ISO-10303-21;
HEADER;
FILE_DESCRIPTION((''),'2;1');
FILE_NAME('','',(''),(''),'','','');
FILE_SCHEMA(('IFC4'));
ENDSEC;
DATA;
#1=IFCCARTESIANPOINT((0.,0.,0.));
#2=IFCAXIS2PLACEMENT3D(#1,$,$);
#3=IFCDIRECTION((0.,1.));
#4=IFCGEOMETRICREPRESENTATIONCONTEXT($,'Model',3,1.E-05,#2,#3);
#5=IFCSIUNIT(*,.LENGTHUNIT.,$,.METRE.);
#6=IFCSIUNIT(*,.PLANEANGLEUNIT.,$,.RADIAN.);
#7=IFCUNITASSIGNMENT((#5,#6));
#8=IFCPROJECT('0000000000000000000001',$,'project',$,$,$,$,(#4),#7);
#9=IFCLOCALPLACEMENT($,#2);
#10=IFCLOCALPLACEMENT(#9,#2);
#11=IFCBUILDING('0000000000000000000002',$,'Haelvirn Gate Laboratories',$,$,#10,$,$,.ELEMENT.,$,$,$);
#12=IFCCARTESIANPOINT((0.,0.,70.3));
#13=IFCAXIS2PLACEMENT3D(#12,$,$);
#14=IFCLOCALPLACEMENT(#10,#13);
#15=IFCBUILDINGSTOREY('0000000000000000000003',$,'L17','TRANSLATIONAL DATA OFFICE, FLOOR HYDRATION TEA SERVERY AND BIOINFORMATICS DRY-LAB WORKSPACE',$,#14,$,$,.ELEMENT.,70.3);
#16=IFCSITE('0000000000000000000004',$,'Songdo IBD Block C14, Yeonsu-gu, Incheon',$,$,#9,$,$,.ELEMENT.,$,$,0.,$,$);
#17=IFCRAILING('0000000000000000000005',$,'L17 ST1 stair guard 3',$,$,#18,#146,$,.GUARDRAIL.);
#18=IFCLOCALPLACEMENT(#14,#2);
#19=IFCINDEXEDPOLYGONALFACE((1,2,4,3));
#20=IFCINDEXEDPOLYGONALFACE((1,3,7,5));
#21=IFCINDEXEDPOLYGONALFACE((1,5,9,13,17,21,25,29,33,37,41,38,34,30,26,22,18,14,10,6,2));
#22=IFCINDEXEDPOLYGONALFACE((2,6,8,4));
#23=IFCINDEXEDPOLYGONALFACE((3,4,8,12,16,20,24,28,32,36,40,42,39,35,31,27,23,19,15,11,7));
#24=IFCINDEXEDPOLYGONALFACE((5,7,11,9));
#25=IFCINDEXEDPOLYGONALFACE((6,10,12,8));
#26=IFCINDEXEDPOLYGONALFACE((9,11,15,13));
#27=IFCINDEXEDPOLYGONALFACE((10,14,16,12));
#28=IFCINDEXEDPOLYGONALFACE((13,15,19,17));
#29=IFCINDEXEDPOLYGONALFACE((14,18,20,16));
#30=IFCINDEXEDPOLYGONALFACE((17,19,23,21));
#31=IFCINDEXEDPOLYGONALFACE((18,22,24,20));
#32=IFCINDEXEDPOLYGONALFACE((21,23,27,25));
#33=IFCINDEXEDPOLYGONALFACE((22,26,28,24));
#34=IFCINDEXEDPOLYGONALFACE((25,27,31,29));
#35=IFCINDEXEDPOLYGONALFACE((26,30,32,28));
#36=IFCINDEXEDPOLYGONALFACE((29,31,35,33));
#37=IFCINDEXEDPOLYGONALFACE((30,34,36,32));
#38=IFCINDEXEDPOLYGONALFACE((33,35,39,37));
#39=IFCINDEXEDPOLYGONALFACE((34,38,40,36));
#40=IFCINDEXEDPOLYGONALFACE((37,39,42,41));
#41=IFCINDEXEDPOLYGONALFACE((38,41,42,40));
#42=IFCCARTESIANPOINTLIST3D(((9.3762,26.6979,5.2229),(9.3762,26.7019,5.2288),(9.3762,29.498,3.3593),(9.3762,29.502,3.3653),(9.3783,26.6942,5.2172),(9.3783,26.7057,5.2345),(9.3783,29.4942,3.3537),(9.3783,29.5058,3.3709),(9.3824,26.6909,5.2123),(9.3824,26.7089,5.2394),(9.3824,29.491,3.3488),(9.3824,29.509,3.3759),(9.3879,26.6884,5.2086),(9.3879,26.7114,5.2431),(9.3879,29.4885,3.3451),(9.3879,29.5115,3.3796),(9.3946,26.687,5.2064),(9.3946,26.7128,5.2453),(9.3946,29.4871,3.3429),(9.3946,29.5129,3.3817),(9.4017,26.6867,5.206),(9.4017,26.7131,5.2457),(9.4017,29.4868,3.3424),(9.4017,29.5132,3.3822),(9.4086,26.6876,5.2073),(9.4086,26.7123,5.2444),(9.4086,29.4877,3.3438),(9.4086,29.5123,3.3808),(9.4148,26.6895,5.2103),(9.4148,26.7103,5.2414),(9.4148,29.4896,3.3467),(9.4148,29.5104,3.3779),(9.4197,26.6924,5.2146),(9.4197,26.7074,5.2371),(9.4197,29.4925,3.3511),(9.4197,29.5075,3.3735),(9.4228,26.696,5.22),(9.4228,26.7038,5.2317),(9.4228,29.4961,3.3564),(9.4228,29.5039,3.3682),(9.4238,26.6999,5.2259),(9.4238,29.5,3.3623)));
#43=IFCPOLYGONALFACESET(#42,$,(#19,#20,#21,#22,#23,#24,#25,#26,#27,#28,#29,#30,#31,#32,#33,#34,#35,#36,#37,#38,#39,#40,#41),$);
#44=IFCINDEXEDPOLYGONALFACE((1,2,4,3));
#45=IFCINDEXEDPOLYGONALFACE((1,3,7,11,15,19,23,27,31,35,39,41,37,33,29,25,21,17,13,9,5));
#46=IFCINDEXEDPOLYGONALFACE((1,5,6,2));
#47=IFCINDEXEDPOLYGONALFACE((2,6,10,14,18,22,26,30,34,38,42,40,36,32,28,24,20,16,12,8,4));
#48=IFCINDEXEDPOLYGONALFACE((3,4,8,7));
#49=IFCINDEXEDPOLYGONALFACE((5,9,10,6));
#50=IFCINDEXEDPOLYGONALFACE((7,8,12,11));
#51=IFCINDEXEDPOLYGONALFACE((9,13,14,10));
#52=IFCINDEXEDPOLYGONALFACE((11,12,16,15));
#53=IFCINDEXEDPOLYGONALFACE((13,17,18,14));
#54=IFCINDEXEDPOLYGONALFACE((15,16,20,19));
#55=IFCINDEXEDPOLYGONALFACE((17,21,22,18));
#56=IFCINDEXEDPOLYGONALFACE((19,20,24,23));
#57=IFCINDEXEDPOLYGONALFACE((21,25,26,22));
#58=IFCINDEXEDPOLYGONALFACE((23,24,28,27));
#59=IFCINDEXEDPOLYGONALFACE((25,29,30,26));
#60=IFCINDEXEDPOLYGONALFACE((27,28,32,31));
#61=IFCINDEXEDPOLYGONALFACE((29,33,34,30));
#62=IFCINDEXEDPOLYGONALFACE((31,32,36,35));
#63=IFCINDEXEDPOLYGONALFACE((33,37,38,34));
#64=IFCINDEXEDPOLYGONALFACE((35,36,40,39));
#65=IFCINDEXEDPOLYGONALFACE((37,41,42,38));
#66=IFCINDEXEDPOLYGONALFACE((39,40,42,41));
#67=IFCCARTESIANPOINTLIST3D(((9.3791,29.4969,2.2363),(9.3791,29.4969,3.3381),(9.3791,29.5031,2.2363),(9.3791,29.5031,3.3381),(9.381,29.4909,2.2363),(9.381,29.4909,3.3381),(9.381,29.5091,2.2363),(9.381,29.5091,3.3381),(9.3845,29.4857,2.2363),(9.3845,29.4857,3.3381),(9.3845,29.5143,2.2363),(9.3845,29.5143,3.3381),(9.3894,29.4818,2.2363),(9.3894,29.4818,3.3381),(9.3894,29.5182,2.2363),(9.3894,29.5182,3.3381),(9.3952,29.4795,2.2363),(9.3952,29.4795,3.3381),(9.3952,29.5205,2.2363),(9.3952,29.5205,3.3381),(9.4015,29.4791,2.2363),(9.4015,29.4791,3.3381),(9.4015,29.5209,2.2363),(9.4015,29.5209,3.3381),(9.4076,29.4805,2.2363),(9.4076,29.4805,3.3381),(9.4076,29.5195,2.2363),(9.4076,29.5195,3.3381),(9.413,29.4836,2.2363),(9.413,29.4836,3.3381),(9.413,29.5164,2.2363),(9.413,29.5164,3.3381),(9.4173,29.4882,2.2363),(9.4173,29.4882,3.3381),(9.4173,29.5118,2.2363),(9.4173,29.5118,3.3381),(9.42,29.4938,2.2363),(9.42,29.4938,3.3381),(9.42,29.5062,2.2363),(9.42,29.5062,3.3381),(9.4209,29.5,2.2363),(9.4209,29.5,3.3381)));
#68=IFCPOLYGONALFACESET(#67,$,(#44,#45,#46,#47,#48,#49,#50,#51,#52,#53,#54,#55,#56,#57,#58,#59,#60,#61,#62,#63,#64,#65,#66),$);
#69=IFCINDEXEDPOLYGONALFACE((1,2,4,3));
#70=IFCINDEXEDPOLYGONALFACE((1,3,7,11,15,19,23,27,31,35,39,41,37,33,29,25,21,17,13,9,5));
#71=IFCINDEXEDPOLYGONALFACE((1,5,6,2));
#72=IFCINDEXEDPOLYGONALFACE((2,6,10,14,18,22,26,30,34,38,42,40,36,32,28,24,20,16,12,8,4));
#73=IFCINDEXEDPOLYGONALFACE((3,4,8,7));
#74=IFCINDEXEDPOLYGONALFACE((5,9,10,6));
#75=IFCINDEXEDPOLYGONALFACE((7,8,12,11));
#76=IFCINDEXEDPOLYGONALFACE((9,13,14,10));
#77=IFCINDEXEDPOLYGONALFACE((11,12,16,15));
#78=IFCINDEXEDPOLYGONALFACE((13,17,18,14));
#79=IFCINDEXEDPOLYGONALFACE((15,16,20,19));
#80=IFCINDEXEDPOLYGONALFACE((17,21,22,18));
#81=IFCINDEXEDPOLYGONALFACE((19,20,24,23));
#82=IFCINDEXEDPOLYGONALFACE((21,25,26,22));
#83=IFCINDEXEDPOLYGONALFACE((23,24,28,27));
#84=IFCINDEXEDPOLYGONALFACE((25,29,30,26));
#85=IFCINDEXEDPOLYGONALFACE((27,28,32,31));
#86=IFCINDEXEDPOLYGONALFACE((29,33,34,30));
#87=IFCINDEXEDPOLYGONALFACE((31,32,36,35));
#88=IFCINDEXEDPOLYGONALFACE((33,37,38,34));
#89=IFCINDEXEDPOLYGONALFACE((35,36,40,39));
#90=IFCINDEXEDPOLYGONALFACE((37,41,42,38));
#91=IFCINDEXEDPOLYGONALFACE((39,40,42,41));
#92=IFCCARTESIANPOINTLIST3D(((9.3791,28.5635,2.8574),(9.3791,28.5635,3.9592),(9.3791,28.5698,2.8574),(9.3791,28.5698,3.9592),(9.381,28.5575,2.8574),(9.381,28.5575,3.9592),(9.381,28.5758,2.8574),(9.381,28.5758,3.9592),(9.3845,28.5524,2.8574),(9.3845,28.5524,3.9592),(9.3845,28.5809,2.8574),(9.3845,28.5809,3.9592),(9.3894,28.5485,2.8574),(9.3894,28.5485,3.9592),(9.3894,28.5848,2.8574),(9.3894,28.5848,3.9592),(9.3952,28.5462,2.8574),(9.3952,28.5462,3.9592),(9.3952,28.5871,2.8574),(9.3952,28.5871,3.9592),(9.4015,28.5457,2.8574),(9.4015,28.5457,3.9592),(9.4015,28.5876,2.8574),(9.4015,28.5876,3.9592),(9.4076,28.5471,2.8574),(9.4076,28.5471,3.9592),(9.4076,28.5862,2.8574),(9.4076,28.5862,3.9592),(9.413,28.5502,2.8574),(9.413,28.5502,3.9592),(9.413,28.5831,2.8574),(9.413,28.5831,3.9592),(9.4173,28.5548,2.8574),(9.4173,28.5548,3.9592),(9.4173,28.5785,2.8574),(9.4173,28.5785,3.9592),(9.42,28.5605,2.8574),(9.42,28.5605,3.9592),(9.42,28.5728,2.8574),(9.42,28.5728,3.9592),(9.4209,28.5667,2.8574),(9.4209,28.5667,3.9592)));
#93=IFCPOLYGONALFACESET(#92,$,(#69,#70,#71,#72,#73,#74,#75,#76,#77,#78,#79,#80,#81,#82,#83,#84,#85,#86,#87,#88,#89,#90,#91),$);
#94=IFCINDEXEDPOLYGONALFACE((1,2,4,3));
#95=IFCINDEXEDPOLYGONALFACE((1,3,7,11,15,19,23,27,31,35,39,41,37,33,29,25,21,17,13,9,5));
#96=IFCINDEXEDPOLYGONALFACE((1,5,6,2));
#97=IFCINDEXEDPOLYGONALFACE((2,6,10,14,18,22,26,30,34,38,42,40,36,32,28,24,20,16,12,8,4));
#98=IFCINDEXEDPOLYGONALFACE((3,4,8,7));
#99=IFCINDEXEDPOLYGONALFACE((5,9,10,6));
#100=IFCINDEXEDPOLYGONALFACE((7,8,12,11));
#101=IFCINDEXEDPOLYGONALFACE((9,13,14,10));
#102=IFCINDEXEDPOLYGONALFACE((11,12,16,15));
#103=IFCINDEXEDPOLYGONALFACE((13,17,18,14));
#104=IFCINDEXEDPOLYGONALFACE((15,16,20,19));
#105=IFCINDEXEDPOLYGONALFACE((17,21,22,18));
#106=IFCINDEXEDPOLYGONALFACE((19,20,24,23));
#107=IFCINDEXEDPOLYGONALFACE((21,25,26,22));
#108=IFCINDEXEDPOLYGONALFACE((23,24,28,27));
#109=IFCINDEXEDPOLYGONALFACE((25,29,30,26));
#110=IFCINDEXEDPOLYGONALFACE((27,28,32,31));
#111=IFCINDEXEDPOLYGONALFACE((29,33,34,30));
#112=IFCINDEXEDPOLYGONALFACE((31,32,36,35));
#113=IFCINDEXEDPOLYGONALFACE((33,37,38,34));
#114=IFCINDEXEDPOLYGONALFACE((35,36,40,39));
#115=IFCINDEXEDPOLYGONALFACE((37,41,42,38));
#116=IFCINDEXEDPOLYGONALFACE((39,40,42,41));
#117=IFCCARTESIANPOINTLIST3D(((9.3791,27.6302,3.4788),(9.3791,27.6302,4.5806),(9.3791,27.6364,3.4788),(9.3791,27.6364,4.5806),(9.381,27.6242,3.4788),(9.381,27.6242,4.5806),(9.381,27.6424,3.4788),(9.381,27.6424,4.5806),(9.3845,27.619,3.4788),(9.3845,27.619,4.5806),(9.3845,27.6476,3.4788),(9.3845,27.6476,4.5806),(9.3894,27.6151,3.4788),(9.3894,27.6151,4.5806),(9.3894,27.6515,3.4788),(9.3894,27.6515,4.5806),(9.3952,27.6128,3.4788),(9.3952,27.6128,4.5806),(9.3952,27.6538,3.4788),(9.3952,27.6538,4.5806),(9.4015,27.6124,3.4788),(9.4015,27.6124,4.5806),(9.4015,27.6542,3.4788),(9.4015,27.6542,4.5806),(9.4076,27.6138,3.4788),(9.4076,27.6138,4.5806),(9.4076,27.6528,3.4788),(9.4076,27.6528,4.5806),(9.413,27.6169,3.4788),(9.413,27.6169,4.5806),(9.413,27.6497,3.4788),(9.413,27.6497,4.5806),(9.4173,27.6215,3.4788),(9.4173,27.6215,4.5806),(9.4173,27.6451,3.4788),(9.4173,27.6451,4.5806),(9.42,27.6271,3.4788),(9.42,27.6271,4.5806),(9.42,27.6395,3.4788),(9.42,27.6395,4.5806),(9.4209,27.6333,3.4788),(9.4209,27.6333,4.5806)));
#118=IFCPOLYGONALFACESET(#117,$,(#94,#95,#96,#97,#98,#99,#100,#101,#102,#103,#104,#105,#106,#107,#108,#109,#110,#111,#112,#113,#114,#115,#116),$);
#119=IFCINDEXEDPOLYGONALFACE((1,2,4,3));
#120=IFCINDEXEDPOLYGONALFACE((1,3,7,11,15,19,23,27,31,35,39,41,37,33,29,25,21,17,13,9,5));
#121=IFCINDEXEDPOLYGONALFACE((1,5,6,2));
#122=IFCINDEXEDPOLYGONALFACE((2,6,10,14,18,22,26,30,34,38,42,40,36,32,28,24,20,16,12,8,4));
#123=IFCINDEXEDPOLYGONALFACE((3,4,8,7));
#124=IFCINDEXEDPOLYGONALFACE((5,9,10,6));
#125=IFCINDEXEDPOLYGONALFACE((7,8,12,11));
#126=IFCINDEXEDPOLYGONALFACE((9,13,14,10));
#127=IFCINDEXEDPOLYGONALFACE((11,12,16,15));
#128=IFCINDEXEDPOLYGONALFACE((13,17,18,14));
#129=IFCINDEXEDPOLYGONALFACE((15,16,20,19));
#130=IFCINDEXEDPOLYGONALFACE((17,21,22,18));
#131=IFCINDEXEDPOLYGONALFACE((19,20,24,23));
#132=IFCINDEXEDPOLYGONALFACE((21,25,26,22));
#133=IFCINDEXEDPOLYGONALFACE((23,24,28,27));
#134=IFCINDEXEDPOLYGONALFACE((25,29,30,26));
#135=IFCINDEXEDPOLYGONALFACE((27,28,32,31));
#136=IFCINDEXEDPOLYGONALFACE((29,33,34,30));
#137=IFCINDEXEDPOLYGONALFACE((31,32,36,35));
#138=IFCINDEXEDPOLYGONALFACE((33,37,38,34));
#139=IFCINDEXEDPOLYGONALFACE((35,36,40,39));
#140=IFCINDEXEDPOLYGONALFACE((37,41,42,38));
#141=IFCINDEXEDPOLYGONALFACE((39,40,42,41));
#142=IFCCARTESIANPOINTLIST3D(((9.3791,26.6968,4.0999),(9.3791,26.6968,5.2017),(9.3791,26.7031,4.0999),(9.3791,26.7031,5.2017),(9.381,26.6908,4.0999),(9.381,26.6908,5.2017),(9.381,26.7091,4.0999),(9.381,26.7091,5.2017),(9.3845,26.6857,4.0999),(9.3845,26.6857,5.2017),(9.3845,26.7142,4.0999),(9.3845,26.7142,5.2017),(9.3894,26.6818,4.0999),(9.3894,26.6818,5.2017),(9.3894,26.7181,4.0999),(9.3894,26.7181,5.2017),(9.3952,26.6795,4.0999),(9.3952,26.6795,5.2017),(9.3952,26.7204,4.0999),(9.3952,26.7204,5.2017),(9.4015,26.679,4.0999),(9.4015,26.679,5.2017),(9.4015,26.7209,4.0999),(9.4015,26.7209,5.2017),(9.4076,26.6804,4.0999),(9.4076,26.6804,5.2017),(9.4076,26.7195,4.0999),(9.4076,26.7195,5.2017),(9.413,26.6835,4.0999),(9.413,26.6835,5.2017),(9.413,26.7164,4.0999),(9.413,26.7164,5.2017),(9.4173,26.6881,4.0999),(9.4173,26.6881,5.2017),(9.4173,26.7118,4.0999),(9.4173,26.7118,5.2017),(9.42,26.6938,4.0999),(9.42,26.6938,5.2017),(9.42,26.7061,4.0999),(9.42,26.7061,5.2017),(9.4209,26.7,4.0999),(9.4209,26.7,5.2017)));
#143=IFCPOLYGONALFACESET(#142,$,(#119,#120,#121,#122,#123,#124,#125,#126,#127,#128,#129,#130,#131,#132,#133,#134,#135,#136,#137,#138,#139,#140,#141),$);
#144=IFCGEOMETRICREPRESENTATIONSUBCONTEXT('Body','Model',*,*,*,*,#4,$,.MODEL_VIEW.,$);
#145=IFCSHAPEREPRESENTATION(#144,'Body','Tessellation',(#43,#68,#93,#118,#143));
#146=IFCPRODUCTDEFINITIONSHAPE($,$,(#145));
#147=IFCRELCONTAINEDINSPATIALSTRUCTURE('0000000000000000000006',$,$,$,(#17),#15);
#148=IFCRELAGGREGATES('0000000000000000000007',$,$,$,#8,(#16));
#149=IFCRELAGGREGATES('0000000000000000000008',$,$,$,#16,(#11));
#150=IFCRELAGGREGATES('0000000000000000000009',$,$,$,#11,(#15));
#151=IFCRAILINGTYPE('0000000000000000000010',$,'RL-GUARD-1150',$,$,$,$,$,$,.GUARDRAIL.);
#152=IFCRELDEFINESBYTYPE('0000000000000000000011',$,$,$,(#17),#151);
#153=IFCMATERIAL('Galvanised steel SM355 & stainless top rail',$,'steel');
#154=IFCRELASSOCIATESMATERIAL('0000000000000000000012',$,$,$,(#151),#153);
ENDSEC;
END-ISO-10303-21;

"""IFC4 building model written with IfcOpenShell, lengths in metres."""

from ifc_helpers import new_model, si_unit, direction, frame, origin, origin_2d, place, context, subcontext, project, spatial, circle, extrude, source, transform, mapped, material, type_object, element, save


model = new_model("IFC4")

# Units and contexts
model_context = context("Model", 3, precision=1e-05, world=origin(), true_north=direction((0.0, 1.0)))
body_context = subcontext(model_context, "Body", "Model", "MODEL_VIEW")
ifc_project = project(units=[si_unit("LENGTHUNIT", "METRE"), si_unit("PLANEANGLEUNIT", "RADIAN")], contexts=[model_context])

# Site, building, storey
site_placement = place(None, origin())
site = spatial("IfcSite", under=ifc_project, at=site_placement, Name="Songdo IBD Block C14, Yeonsu-gu, Incheon", CompositionType="ELEMENT", RefElevation=0.0)
building_placement = place(site_placement, origin())
building = spatial("IfcBuilding", under=site, at=building_placement, Name="Haelvirn Gate Laboratories", CompositionType="ELEMENT")
storey_placement = place(building_placement, frame((0.0, 0.0, 70.3)))
storey = spatial("IfcBuildingStorey", under=building, at=storey_placement, Name="L17", Description="TRANSLATIONAL DATA OFFICE, FLOOR HYDRATION TEA SERVERY AND BIOINFORMATICS DRY-LAB WORKSPACE", CompositionType="ELEMENT", Elevation=70.3)

# Railing
ifc_material_1 = material(Name="Galvanised steel SM355 & stainless top rail", Category="steel")
railing_type_1 = type_object("IfcRailingType", Name="RL-GUARD-1150", PredefinedType="GUARDRAIL", material=ifc_material_1)
shared_shape_1 = source(origin(), body_context, "Body", "SweptSolid", [
    extrude(circle(Radius=0.0239, at=origin_2d()), frame((0.0, 0.0, 1.126), z_axis=(0.0, -0.832486, 0.554047), x_axis=(1.0, 0.0, 0.0)), (0.0, 0.0, 1.0), 3.3635),
    extrude(circle(Radius=0.021, at=origin_2d()), origin(), (0.0, 0.0, 1.0), 1.1018),
    extrude(circle(Radius=0.021, at=origin_2d()), frame((0.0, -0.9333, 0.6211)), (0.0, 0.0, 1.0), 1.1018),
    extrude(circle(Radius=0.021, at=origin_2d()), frame((0.0, -1.8667, 1.2424)), (0.0, 0.0, 1.0), 1.1018),
    extrude(circle(Radius=0.021, at=origin_2d()), frame((0.0, -2.8, 1.8635)), (0.0, 0.0, 1.0), 1.1018),
])
railing_1_placement = place(storey_placement, frame((9.3999, 29.5, 2.2363)))
element("IfcRailing", 1, at=railing_1_placement, inside=storey, type_object=railing_type_1, Name="L17 ST1 stair guard 3", PredefinedType="GUARDRAIL", context=body_context, shape_type="MappedRepresentation", body=[
    mapped(shared_shape_1, transform((0.0, 0.0, 0.0), scale=1.0)),
])

save(model, "model.ifc")
